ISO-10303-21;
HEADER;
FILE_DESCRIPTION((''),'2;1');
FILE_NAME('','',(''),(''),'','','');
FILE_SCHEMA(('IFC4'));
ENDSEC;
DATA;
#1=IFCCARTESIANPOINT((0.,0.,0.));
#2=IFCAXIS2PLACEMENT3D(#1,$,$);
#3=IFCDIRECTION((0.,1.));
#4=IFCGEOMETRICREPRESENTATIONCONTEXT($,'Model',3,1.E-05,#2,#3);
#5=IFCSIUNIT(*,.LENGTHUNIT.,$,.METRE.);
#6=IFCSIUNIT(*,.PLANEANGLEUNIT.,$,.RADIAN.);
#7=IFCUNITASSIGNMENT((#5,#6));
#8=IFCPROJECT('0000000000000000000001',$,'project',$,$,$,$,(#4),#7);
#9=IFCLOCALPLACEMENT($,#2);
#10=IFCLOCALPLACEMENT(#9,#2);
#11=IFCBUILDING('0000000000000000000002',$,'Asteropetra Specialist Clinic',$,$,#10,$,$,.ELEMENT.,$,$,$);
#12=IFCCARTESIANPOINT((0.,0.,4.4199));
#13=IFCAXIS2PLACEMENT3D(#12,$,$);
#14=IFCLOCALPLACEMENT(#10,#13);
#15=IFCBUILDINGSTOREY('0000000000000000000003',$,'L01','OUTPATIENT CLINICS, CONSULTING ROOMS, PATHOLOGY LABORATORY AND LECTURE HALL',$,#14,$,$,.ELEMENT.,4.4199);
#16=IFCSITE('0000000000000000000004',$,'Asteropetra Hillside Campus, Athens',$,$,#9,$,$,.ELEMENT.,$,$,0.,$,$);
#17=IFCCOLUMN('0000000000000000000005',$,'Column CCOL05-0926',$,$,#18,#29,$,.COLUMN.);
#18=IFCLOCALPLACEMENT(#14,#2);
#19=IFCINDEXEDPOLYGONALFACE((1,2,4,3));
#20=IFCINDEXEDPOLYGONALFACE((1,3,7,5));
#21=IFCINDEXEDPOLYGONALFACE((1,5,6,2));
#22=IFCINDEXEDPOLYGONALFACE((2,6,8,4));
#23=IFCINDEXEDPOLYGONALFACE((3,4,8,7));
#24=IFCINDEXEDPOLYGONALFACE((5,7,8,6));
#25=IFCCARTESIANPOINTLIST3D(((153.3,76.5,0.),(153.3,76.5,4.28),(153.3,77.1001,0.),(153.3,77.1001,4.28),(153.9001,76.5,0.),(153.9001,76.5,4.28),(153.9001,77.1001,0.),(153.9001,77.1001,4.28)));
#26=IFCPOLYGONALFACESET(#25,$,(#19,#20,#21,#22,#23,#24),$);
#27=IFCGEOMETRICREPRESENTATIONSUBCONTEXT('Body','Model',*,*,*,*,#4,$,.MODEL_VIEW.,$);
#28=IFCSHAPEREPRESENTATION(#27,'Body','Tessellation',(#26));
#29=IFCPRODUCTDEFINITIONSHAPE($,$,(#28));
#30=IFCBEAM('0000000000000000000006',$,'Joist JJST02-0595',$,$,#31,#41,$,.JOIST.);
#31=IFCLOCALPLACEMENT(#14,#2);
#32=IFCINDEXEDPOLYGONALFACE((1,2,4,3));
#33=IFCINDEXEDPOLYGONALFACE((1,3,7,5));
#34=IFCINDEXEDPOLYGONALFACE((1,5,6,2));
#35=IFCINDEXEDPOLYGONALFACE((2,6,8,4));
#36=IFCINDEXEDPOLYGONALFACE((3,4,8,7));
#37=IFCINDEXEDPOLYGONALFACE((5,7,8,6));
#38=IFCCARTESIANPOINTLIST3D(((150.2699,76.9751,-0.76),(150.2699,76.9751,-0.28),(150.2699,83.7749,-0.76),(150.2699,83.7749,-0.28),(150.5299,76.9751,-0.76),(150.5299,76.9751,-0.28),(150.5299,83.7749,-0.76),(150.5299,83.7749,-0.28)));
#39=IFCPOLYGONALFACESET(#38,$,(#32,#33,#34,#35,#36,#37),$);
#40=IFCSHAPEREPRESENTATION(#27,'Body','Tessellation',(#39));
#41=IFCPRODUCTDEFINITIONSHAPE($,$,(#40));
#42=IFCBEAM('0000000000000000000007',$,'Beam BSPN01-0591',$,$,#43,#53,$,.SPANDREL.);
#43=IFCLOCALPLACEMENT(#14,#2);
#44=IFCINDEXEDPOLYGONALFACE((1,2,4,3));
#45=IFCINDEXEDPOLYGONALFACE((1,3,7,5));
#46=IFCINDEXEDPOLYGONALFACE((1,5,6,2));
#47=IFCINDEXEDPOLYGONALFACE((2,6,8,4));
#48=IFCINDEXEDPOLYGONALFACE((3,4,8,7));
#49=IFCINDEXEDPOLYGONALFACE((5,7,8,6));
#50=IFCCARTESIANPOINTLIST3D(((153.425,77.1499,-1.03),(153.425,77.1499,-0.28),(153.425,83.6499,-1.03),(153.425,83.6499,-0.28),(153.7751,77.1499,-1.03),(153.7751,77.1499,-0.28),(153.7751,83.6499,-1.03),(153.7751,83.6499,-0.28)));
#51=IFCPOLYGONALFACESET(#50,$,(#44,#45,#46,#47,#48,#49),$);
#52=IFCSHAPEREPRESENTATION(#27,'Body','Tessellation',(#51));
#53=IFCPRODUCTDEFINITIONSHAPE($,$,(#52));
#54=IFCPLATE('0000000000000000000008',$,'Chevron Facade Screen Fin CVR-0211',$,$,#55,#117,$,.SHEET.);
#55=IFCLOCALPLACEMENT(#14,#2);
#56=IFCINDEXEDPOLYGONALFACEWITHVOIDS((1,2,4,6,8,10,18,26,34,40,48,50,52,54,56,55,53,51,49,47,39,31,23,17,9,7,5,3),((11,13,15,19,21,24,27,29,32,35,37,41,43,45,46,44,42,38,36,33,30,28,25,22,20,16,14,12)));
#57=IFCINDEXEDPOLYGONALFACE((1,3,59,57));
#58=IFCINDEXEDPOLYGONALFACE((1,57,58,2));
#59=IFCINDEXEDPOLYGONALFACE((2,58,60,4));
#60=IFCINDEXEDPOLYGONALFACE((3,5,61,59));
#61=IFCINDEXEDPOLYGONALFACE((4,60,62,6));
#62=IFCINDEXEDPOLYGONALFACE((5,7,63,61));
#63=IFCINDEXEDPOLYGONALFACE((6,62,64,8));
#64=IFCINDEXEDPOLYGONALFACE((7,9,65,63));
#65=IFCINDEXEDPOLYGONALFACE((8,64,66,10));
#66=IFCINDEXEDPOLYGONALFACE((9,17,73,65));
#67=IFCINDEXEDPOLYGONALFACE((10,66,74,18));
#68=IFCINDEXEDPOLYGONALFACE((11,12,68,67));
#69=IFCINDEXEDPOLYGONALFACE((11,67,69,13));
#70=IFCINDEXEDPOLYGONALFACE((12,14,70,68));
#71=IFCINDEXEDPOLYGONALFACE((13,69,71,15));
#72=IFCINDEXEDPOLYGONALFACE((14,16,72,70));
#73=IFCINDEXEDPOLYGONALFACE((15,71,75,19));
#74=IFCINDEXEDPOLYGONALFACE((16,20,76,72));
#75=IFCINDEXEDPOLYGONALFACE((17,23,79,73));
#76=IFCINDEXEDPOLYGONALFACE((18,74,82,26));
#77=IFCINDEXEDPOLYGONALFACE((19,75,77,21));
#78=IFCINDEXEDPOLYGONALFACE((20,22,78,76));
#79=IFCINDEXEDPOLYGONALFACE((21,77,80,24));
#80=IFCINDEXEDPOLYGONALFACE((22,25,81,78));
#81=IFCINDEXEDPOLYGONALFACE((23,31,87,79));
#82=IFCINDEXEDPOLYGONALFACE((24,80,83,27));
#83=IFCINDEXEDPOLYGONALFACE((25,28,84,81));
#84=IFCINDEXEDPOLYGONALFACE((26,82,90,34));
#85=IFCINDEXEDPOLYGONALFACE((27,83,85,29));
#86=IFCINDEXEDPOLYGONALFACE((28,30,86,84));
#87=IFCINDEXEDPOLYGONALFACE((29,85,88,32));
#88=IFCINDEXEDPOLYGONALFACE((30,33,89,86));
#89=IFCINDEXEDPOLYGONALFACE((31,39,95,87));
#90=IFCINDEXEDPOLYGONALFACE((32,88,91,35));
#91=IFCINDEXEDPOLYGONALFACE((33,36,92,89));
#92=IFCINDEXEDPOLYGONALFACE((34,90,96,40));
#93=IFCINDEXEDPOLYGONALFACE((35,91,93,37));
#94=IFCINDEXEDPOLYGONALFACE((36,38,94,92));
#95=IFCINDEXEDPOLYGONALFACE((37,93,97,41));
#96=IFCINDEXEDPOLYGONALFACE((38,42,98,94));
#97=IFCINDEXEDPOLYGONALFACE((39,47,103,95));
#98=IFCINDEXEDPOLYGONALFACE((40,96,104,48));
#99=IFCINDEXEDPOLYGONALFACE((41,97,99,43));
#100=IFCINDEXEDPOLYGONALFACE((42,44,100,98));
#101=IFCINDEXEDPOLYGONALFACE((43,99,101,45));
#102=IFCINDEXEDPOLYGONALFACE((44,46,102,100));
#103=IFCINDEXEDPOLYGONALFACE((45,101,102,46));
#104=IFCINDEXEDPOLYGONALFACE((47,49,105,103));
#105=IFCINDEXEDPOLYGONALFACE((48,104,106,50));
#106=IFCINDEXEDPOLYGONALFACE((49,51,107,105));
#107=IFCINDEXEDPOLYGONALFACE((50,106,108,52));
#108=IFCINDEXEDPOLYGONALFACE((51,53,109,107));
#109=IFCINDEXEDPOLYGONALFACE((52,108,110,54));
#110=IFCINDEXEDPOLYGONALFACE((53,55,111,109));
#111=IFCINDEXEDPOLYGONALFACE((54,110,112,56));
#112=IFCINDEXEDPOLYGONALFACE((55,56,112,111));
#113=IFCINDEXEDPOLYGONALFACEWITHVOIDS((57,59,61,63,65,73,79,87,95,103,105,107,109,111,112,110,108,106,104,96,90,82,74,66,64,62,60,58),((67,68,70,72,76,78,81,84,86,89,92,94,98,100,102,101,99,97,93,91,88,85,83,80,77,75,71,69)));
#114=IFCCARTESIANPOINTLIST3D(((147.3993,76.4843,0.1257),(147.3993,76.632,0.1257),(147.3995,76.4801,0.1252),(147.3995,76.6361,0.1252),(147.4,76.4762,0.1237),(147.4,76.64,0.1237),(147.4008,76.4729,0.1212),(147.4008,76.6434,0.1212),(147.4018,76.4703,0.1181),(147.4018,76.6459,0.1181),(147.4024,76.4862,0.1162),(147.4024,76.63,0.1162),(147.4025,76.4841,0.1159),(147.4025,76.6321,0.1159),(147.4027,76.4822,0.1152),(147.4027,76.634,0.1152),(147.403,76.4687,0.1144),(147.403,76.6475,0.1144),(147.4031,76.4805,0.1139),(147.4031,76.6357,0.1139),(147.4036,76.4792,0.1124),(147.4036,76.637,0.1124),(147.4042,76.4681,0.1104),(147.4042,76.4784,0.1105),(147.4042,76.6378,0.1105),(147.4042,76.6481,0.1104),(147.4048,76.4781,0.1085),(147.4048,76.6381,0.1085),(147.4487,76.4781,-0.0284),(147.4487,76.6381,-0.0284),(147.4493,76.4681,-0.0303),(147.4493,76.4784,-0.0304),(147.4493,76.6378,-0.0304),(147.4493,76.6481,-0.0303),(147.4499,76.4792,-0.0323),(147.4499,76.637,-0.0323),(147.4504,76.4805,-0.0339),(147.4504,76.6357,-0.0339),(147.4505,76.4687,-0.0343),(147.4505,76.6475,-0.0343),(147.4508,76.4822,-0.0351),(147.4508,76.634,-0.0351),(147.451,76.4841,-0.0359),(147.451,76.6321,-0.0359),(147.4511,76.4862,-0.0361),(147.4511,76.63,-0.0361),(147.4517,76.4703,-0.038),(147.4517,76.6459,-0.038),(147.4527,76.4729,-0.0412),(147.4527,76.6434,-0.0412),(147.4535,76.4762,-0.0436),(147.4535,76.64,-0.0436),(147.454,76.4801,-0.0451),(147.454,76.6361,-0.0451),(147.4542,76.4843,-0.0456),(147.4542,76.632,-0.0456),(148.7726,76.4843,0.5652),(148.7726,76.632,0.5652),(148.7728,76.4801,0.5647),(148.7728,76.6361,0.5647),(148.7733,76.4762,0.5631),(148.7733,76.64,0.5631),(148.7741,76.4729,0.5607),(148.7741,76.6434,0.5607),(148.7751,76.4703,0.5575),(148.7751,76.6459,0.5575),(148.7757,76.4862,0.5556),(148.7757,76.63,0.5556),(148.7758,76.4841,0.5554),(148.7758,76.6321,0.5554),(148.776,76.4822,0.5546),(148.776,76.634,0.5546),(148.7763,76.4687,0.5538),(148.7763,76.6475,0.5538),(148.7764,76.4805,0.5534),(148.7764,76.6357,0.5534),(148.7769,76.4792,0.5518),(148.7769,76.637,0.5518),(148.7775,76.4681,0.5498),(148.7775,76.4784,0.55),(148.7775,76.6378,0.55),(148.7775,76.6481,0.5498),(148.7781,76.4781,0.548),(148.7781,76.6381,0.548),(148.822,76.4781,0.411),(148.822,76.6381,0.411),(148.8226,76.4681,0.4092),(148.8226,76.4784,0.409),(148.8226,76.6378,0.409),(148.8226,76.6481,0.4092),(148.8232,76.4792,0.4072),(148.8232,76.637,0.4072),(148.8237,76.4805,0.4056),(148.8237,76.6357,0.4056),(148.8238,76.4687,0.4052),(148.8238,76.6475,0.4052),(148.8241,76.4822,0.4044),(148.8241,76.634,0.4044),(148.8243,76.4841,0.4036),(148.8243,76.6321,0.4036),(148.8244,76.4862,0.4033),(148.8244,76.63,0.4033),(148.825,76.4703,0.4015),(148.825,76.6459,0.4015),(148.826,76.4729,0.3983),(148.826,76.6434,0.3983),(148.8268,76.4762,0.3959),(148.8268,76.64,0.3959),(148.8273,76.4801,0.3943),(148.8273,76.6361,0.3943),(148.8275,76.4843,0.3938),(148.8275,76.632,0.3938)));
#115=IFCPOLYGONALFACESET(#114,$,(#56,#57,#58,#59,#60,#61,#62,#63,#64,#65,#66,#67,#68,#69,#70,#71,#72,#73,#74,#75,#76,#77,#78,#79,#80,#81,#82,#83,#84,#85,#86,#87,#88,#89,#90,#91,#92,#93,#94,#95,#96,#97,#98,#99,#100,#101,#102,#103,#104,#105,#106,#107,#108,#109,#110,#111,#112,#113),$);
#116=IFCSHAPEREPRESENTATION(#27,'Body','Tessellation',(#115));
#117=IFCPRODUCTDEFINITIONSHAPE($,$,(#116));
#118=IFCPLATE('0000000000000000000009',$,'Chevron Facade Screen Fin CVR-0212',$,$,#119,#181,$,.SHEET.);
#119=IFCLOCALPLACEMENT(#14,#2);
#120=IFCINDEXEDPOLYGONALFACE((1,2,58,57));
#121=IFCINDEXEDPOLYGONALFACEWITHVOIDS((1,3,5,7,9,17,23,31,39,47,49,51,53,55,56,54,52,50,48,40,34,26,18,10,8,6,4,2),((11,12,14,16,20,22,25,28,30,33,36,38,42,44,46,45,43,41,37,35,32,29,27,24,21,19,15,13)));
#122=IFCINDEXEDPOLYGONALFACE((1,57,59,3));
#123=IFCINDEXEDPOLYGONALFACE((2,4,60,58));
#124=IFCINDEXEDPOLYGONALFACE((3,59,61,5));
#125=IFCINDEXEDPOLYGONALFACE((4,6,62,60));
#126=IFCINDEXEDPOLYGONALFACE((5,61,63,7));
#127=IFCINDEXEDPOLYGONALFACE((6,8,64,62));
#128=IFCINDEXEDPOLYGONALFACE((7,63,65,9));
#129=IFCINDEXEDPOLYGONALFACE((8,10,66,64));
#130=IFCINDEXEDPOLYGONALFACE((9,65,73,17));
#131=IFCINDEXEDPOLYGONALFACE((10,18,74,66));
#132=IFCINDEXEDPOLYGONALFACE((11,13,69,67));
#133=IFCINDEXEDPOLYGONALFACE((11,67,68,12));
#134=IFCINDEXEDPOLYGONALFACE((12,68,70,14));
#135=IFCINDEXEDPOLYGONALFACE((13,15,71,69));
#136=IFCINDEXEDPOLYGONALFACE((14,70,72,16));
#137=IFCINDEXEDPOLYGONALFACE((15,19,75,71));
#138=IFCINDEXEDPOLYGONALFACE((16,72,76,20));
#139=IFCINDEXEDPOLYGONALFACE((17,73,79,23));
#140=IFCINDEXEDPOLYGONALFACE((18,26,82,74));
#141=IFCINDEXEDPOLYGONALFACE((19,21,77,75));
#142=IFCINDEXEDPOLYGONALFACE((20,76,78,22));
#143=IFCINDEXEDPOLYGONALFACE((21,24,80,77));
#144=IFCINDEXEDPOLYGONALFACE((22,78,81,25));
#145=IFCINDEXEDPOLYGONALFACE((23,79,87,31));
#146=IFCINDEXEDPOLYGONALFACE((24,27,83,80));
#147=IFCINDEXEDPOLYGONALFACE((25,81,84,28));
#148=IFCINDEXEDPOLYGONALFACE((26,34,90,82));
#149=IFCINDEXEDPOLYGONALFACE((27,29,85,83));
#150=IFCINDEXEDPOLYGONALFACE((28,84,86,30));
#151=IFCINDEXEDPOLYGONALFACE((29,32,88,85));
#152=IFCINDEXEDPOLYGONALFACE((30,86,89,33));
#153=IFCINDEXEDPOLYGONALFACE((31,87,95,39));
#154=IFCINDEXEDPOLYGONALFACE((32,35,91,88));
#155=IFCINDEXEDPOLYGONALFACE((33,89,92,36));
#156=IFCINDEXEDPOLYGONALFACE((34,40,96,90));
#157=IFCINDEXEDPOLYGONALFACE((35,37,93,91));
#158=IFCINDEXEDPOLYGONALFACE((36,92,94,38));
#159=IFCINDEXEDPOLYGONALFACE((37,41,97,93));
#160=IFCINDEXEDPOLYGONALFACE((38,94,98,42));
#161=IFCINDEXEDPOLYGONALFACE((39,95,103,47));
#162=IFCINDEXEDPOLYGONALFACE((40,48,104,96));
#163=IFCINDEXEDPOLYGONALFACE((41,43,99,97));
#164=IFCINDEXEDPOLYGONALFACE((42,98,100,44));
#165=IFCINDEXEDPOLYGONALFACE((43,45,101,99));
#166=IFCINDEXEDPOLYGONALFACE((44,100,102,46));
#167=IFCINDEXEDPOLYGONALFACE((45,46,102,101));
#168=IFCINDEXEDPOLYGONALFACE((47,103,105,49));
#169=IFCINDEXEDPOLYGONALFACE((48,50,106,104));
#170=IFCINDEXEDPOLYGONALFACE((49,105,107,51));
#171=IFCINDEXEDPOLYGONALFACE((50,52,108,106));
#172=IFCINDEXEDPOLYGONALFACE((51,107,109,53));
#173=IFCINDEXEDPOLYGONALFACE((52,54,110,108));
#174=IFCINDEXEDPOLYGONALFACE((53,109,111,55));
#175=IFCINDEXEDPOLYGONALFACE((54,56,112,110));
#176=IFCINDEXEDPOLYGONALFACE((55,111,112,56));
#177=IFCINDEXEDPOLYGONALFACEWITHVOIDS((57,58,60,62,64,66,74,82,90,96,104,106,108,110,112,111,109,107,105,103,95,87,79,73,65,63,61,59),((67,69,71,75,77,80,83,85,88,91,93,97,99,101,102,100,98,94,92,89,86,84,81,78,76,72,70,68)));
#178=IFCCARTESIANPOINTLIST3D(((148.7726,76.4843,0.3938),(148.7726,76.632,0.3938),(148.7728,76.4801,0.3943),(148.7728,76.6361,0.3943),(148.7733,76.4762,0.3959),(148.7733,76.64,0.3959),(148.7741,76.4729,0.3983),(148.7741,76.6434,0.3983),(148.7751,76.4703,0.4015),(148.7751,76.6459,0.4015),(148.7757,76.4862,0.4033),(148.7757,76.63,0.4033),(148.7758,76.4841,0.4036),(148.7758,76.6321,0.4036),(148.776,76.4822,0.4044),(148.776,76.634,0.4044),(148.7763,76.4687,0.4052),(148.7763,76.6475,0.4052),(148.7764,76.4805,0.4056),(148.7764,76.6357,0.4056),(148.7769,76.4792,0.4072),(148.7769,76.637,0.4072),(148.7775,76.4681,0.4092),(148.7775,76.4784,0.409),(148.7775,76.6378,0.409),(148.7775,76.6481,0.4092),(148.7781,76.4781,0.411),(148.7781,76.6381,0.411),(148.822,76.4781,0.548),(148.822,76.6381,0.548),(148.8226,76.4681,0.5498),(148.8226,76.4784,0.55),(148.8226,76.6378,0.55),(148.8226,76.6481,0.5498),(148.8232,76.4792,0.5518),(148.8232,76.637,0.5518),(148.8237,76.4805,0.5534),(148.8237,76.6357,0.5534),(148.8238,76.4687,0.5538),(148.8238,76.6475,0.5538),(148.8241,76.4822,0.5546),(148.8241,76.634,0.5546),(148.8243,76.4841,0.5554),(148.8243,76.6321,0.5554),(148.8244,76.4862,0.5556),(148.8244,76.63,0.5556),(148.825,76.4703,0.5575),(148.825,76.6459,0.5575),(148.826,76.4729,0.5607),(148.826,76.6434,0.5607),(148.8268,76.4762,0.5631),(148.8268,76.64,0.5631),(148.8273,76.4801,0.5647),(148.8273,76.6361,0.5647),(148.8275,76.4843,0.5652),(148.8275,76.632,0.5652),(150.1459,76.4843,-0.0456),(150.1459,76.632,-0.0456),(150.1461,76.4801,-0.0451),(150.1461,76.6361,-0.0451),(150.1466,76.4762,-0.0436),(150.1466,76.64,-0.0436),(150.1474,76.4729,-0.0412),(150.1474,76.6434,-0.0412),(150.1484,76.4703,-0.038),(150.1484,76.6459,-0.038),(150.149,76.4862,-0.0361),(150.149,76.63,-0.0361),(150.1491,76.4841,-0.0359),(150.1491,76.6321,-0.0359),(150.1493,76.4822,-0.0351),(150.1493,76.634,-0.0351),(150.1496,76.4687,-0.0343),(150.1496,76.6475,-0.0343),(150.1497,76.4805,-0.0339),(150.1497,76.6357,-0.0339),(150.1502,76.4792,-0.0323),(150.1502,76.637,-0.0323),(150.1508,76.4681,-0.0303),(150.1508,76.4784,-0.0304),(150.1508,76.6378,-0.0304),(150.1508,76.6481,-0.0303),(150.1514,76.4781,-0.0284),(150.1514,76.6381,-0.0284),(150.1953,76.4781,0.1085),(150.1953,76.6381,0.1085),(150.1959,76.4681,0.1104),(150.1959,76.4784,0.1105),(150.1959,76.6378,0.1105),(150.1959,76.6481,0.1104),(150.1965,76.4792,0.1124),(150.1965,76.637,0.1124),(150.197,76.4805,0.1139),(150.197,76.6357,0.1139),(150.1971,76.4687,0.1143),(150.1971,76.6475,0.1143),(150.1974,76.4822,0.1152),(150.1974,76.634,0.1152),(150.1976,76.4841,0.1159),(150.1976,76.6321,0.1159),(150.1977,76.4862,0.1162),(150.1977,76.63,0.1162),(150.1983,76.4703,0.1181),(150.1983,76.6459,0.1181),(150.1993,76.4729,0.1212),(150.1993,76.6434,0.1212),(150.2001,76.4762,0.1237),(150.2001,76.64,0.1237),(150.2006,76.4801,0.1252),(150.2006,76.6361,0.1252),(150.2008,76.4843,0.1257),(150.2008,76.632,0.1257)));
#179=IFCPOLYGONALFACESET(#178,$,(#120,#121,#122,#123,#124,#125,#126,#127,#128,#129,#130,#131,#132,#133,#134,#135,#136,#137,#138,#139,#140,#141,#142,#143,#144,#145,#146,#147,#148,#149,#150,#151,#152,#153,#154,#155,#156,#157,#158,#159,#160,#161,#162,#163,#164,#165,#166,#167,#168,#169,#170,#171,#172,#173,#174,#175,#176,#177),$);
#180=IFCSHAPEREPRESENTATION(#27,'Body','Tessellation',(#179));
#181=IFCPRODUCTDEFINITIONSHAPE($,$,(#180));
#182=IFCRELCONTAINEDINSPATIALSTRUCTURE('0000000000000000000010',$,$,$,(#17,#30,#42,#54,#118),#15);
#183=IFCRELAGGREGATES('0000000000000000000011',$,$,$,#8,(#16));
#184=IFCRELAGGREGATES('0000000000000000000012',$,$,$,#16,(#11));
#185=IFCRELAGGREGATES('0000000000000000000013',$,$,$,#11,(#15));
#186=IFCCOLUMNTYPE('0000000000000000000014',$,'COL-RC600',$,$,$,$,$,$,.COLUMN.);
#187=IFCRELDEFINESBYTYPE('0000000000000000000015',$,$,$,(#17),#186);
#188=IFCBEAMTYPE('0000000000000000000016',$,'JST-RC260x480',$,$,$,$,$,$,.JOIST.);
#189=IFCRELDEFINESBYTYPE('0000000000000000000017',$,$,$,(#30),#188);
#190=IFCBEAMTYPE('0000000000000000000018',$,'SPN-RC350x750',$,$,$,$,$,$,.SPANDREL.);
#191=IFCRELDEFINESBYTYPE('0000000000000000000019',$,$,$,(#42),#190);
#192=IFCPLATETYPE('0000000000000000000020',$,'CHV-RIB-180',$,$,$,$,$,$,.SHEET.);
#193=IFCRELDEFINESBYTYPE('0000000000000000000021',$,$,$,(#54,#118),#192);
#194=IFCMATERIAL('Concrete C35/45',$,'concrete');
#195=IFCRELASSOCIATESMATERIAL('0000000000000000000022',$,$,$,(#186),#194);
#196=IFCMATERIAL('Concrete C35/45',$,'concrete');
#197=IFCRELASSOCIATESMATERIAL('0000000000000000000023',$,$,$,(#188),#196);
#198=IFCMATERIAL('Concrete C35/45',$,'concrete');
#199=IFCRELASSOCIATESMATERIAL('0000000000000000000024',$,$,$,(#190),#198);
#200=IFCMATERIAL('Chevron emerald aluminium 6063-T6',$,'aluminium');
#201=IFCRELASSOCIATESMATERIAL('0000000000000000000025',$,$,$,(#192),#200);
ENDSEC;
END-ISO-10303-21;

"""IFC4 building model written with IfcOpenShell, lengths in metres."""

from ifc_helpers import new_model, si_unit, direction, frame, origin, origin_2d, place, context, subcontext, project, spatial, rectangle, hollow_rectangle, extrude, material, material_profile, profile_set, type_object, element, save


model = new_model("IFC4")

# Units and contexts
model_context = context("Model", 3, precision=1e-05, world=origin(), true_north=direction((0.0, 1.0)))
body_context = subcontext(model_context, "Body", "Model", "MODEL_VIEW")
ifc_project = project(units=[si_unit("LENGTHUNIT", "METRE"), si_unit("PLANEANGLEUNIT", "RADIAN")], contexts=[model_context])

# Site, building, storey
site_placement = place(None, origin())
site = spatial("IfcSite", under=ifc_project, at=site_placement, Name="Asteropetra Hillside Campus, Athens", CompositionType="ELEMENT", RefElevation=0.0)
building_placement = place(site_placement, origin())
building = spatial("IfcBuilding", under=site, at=building_placement, Name="Asteropetra Specialist Clinic", CompositionType="ELEMENT")
storey_placement = place(building_placement, frame((0.0, 0.0, 4.4199)))
storey = spatial("IfcBuildingStorey", under=building, at=storey_placement, Name="L01", Description="OUTPATIENT CLINICS, CONSULTING ROOMS, PATHOLOGY LABORATORY AND LECTURE HALL", CompositionType="ELEMENT", Elevation=4.4199)

# Column
ifc_material_1 = material(Name="Concrete C35/45", Category="concrete")
ifc_material_profile_1 = material_profile(ifc_material_1, rectangle(XDim=0.6001, YDim=0.6001, at=origin_2d()), Name="RC 600x600")
ifc_profile_set_1 = profile_set([ifc_material_profile_1], Name="Concrete C35/45")
column_type = type_object("IfcColumnType", Name="COL-RC600", PredefinedType="COLUMN", material=ifc_profile_set_1)
column_placement = place(storey_placement, frame((153.6001, 76.8, 0.0), z_axis=(0.0, 0.0, 1.0), x_axis=(1.0, 0.0, 0.0)))
element("IfcColumn", 1, at=column_placement, inside=storey, type_object=column_type, Name="Column CCOL05-0926", PredefinedType="COLUMN", context=body_context, shape_type="SweptSolid", body=[
    extrude(rectangle(XDim=0.6001, YDim=0.6001, at=origin_2d()), origin(), (0.0, 0.0, 1.0), 4.28),
])

# Beams
ifc_material_2 = material(Name="Concrete C35/45", Category="concrete")
ifc_material_profile_2 = material_profile(ifc_material_2, rectangle(XDim=0.26, YDim=0.48, at=origin_2d()), Name="RCJ 260x480")
ifc_profile_set_2 = profile_set([ifc_material_profile_2], Name="Concrete C35/45")
beam_type_1 = type_object("IfcBeamType", Name="JST-RC260x480", PredefinedType="JOIST", material=ifc_profile_set_2)
beam_1_placement = place(storey_placement, frame((150.3999, 76.9751, -0.52), z_axis=(0.0, 1.0, 0.0), x_axis=(-1.0, 0.0, 0.0)))
element("IfcBeam", 2, at=beam_1_placement, inside=storey, type_object=beam_type_1, Name="Joist JJST02-0595", PredefinedType="JOIST", context=body_context, shape_type="SweptSolid", body=[
    extrude(rectangle(XDim=0.26, YDim=0.48, at=origin_2d()), origin(), (0.0, 0.0, 1.0), 6.7998),
])
ifc_material_3 = material(Name="Concrete C35/45", Category="concrete")
ifc_material_profile_3 = material_profile(ifc_material_3, rectangle(XDim=0.3501, YDim=0.75, at=origin_2d()), Name="RCS 350x750")
ifc_profile_set_3 = profile_set([ifc_material_profile_3], Name="Concrete C35/45")
beam_type_2 = type_object("IfcBeamType", Name="SPN-RC350x750", PredefinedType="SPANDREL", material=ifc_profile_set_3)
beam_2_placement = place(storey_placement, frame((153.6001, 77.1499, -0.655), z_axis=(0.0, 1.0, 0.0), x_axis=(-1.0, 0.0, 0.0)))
element("IfcBeam", 3, at=beam_2_placement, inside=storey, type_object=beam_type_2, Name="Beam BSPN01-0591", PredefinedType="SPANDREL", context=body_context, shape_type="SweptSolid", body=[
    extrude(rectangle(XDim=0.3501, YDim=0.75, at=origin_2d()), origin(), (0.0, 0.0, 1.0), 6.5),
])

# Plates
ifc_material_4 = material(Name="Chevron emerald aluminium 6063-T6", Category="aluminium")
ifc_material_profile_4 = material_profile(ifc_material_4, hollow_rectangle(XDim=0.1799, YDim=0.1799, WallThickness=0.01, InnerFilletRadius=0.0081, OuterFilletRadius=0.0161, at=origin_2d()), Name="SHS 180x180x10.0")
ifc_profile_set_4 = profile_set([ifc_material_profile_4], Name="Chevron emerald aluminium 6063-T6")
plate_type = type_object("IfcPlateType", Name="CHV-RIB-180", PredefinedType="SHEET", material=ifc_profile_set_4)
for number, where, z_axis, x_axis, name in (
    (4, (147.4268, 76.5581, 0.04), (0.952424, 0.0, 0.304776), (0.0, 1.0, 0.0), "Chevron Facade Screen Fin CVR-0211"),
    (5, (148.8, 76.5581, 0.4795), (0.952424, 0.0, -0.304776), (0.0, 1.0, 0.0), "Chevron Facade Screen Fin CVR-0212"),
):
    element("IfcPlate", number, at=place(storey_placement, frame(where, z_axis=z_axis, x_axis=x_axis)), inside=storey, type_object=plate_type, Name=name, PredefinedType="SHEET", context=body_context, shape_type="SweptSolid", body=[
        extrude(hollow_rectangle(XDim=0.1799, YDim=0.1799, WallThickness=0.01, InnerFilletRadius=0.0081, OuterFilletRadius=0.0161, at=origin_2d()), origin(), (0.0, 0.0, 1.0), 1.4419),
    ])

save(model, "model.ifc")
